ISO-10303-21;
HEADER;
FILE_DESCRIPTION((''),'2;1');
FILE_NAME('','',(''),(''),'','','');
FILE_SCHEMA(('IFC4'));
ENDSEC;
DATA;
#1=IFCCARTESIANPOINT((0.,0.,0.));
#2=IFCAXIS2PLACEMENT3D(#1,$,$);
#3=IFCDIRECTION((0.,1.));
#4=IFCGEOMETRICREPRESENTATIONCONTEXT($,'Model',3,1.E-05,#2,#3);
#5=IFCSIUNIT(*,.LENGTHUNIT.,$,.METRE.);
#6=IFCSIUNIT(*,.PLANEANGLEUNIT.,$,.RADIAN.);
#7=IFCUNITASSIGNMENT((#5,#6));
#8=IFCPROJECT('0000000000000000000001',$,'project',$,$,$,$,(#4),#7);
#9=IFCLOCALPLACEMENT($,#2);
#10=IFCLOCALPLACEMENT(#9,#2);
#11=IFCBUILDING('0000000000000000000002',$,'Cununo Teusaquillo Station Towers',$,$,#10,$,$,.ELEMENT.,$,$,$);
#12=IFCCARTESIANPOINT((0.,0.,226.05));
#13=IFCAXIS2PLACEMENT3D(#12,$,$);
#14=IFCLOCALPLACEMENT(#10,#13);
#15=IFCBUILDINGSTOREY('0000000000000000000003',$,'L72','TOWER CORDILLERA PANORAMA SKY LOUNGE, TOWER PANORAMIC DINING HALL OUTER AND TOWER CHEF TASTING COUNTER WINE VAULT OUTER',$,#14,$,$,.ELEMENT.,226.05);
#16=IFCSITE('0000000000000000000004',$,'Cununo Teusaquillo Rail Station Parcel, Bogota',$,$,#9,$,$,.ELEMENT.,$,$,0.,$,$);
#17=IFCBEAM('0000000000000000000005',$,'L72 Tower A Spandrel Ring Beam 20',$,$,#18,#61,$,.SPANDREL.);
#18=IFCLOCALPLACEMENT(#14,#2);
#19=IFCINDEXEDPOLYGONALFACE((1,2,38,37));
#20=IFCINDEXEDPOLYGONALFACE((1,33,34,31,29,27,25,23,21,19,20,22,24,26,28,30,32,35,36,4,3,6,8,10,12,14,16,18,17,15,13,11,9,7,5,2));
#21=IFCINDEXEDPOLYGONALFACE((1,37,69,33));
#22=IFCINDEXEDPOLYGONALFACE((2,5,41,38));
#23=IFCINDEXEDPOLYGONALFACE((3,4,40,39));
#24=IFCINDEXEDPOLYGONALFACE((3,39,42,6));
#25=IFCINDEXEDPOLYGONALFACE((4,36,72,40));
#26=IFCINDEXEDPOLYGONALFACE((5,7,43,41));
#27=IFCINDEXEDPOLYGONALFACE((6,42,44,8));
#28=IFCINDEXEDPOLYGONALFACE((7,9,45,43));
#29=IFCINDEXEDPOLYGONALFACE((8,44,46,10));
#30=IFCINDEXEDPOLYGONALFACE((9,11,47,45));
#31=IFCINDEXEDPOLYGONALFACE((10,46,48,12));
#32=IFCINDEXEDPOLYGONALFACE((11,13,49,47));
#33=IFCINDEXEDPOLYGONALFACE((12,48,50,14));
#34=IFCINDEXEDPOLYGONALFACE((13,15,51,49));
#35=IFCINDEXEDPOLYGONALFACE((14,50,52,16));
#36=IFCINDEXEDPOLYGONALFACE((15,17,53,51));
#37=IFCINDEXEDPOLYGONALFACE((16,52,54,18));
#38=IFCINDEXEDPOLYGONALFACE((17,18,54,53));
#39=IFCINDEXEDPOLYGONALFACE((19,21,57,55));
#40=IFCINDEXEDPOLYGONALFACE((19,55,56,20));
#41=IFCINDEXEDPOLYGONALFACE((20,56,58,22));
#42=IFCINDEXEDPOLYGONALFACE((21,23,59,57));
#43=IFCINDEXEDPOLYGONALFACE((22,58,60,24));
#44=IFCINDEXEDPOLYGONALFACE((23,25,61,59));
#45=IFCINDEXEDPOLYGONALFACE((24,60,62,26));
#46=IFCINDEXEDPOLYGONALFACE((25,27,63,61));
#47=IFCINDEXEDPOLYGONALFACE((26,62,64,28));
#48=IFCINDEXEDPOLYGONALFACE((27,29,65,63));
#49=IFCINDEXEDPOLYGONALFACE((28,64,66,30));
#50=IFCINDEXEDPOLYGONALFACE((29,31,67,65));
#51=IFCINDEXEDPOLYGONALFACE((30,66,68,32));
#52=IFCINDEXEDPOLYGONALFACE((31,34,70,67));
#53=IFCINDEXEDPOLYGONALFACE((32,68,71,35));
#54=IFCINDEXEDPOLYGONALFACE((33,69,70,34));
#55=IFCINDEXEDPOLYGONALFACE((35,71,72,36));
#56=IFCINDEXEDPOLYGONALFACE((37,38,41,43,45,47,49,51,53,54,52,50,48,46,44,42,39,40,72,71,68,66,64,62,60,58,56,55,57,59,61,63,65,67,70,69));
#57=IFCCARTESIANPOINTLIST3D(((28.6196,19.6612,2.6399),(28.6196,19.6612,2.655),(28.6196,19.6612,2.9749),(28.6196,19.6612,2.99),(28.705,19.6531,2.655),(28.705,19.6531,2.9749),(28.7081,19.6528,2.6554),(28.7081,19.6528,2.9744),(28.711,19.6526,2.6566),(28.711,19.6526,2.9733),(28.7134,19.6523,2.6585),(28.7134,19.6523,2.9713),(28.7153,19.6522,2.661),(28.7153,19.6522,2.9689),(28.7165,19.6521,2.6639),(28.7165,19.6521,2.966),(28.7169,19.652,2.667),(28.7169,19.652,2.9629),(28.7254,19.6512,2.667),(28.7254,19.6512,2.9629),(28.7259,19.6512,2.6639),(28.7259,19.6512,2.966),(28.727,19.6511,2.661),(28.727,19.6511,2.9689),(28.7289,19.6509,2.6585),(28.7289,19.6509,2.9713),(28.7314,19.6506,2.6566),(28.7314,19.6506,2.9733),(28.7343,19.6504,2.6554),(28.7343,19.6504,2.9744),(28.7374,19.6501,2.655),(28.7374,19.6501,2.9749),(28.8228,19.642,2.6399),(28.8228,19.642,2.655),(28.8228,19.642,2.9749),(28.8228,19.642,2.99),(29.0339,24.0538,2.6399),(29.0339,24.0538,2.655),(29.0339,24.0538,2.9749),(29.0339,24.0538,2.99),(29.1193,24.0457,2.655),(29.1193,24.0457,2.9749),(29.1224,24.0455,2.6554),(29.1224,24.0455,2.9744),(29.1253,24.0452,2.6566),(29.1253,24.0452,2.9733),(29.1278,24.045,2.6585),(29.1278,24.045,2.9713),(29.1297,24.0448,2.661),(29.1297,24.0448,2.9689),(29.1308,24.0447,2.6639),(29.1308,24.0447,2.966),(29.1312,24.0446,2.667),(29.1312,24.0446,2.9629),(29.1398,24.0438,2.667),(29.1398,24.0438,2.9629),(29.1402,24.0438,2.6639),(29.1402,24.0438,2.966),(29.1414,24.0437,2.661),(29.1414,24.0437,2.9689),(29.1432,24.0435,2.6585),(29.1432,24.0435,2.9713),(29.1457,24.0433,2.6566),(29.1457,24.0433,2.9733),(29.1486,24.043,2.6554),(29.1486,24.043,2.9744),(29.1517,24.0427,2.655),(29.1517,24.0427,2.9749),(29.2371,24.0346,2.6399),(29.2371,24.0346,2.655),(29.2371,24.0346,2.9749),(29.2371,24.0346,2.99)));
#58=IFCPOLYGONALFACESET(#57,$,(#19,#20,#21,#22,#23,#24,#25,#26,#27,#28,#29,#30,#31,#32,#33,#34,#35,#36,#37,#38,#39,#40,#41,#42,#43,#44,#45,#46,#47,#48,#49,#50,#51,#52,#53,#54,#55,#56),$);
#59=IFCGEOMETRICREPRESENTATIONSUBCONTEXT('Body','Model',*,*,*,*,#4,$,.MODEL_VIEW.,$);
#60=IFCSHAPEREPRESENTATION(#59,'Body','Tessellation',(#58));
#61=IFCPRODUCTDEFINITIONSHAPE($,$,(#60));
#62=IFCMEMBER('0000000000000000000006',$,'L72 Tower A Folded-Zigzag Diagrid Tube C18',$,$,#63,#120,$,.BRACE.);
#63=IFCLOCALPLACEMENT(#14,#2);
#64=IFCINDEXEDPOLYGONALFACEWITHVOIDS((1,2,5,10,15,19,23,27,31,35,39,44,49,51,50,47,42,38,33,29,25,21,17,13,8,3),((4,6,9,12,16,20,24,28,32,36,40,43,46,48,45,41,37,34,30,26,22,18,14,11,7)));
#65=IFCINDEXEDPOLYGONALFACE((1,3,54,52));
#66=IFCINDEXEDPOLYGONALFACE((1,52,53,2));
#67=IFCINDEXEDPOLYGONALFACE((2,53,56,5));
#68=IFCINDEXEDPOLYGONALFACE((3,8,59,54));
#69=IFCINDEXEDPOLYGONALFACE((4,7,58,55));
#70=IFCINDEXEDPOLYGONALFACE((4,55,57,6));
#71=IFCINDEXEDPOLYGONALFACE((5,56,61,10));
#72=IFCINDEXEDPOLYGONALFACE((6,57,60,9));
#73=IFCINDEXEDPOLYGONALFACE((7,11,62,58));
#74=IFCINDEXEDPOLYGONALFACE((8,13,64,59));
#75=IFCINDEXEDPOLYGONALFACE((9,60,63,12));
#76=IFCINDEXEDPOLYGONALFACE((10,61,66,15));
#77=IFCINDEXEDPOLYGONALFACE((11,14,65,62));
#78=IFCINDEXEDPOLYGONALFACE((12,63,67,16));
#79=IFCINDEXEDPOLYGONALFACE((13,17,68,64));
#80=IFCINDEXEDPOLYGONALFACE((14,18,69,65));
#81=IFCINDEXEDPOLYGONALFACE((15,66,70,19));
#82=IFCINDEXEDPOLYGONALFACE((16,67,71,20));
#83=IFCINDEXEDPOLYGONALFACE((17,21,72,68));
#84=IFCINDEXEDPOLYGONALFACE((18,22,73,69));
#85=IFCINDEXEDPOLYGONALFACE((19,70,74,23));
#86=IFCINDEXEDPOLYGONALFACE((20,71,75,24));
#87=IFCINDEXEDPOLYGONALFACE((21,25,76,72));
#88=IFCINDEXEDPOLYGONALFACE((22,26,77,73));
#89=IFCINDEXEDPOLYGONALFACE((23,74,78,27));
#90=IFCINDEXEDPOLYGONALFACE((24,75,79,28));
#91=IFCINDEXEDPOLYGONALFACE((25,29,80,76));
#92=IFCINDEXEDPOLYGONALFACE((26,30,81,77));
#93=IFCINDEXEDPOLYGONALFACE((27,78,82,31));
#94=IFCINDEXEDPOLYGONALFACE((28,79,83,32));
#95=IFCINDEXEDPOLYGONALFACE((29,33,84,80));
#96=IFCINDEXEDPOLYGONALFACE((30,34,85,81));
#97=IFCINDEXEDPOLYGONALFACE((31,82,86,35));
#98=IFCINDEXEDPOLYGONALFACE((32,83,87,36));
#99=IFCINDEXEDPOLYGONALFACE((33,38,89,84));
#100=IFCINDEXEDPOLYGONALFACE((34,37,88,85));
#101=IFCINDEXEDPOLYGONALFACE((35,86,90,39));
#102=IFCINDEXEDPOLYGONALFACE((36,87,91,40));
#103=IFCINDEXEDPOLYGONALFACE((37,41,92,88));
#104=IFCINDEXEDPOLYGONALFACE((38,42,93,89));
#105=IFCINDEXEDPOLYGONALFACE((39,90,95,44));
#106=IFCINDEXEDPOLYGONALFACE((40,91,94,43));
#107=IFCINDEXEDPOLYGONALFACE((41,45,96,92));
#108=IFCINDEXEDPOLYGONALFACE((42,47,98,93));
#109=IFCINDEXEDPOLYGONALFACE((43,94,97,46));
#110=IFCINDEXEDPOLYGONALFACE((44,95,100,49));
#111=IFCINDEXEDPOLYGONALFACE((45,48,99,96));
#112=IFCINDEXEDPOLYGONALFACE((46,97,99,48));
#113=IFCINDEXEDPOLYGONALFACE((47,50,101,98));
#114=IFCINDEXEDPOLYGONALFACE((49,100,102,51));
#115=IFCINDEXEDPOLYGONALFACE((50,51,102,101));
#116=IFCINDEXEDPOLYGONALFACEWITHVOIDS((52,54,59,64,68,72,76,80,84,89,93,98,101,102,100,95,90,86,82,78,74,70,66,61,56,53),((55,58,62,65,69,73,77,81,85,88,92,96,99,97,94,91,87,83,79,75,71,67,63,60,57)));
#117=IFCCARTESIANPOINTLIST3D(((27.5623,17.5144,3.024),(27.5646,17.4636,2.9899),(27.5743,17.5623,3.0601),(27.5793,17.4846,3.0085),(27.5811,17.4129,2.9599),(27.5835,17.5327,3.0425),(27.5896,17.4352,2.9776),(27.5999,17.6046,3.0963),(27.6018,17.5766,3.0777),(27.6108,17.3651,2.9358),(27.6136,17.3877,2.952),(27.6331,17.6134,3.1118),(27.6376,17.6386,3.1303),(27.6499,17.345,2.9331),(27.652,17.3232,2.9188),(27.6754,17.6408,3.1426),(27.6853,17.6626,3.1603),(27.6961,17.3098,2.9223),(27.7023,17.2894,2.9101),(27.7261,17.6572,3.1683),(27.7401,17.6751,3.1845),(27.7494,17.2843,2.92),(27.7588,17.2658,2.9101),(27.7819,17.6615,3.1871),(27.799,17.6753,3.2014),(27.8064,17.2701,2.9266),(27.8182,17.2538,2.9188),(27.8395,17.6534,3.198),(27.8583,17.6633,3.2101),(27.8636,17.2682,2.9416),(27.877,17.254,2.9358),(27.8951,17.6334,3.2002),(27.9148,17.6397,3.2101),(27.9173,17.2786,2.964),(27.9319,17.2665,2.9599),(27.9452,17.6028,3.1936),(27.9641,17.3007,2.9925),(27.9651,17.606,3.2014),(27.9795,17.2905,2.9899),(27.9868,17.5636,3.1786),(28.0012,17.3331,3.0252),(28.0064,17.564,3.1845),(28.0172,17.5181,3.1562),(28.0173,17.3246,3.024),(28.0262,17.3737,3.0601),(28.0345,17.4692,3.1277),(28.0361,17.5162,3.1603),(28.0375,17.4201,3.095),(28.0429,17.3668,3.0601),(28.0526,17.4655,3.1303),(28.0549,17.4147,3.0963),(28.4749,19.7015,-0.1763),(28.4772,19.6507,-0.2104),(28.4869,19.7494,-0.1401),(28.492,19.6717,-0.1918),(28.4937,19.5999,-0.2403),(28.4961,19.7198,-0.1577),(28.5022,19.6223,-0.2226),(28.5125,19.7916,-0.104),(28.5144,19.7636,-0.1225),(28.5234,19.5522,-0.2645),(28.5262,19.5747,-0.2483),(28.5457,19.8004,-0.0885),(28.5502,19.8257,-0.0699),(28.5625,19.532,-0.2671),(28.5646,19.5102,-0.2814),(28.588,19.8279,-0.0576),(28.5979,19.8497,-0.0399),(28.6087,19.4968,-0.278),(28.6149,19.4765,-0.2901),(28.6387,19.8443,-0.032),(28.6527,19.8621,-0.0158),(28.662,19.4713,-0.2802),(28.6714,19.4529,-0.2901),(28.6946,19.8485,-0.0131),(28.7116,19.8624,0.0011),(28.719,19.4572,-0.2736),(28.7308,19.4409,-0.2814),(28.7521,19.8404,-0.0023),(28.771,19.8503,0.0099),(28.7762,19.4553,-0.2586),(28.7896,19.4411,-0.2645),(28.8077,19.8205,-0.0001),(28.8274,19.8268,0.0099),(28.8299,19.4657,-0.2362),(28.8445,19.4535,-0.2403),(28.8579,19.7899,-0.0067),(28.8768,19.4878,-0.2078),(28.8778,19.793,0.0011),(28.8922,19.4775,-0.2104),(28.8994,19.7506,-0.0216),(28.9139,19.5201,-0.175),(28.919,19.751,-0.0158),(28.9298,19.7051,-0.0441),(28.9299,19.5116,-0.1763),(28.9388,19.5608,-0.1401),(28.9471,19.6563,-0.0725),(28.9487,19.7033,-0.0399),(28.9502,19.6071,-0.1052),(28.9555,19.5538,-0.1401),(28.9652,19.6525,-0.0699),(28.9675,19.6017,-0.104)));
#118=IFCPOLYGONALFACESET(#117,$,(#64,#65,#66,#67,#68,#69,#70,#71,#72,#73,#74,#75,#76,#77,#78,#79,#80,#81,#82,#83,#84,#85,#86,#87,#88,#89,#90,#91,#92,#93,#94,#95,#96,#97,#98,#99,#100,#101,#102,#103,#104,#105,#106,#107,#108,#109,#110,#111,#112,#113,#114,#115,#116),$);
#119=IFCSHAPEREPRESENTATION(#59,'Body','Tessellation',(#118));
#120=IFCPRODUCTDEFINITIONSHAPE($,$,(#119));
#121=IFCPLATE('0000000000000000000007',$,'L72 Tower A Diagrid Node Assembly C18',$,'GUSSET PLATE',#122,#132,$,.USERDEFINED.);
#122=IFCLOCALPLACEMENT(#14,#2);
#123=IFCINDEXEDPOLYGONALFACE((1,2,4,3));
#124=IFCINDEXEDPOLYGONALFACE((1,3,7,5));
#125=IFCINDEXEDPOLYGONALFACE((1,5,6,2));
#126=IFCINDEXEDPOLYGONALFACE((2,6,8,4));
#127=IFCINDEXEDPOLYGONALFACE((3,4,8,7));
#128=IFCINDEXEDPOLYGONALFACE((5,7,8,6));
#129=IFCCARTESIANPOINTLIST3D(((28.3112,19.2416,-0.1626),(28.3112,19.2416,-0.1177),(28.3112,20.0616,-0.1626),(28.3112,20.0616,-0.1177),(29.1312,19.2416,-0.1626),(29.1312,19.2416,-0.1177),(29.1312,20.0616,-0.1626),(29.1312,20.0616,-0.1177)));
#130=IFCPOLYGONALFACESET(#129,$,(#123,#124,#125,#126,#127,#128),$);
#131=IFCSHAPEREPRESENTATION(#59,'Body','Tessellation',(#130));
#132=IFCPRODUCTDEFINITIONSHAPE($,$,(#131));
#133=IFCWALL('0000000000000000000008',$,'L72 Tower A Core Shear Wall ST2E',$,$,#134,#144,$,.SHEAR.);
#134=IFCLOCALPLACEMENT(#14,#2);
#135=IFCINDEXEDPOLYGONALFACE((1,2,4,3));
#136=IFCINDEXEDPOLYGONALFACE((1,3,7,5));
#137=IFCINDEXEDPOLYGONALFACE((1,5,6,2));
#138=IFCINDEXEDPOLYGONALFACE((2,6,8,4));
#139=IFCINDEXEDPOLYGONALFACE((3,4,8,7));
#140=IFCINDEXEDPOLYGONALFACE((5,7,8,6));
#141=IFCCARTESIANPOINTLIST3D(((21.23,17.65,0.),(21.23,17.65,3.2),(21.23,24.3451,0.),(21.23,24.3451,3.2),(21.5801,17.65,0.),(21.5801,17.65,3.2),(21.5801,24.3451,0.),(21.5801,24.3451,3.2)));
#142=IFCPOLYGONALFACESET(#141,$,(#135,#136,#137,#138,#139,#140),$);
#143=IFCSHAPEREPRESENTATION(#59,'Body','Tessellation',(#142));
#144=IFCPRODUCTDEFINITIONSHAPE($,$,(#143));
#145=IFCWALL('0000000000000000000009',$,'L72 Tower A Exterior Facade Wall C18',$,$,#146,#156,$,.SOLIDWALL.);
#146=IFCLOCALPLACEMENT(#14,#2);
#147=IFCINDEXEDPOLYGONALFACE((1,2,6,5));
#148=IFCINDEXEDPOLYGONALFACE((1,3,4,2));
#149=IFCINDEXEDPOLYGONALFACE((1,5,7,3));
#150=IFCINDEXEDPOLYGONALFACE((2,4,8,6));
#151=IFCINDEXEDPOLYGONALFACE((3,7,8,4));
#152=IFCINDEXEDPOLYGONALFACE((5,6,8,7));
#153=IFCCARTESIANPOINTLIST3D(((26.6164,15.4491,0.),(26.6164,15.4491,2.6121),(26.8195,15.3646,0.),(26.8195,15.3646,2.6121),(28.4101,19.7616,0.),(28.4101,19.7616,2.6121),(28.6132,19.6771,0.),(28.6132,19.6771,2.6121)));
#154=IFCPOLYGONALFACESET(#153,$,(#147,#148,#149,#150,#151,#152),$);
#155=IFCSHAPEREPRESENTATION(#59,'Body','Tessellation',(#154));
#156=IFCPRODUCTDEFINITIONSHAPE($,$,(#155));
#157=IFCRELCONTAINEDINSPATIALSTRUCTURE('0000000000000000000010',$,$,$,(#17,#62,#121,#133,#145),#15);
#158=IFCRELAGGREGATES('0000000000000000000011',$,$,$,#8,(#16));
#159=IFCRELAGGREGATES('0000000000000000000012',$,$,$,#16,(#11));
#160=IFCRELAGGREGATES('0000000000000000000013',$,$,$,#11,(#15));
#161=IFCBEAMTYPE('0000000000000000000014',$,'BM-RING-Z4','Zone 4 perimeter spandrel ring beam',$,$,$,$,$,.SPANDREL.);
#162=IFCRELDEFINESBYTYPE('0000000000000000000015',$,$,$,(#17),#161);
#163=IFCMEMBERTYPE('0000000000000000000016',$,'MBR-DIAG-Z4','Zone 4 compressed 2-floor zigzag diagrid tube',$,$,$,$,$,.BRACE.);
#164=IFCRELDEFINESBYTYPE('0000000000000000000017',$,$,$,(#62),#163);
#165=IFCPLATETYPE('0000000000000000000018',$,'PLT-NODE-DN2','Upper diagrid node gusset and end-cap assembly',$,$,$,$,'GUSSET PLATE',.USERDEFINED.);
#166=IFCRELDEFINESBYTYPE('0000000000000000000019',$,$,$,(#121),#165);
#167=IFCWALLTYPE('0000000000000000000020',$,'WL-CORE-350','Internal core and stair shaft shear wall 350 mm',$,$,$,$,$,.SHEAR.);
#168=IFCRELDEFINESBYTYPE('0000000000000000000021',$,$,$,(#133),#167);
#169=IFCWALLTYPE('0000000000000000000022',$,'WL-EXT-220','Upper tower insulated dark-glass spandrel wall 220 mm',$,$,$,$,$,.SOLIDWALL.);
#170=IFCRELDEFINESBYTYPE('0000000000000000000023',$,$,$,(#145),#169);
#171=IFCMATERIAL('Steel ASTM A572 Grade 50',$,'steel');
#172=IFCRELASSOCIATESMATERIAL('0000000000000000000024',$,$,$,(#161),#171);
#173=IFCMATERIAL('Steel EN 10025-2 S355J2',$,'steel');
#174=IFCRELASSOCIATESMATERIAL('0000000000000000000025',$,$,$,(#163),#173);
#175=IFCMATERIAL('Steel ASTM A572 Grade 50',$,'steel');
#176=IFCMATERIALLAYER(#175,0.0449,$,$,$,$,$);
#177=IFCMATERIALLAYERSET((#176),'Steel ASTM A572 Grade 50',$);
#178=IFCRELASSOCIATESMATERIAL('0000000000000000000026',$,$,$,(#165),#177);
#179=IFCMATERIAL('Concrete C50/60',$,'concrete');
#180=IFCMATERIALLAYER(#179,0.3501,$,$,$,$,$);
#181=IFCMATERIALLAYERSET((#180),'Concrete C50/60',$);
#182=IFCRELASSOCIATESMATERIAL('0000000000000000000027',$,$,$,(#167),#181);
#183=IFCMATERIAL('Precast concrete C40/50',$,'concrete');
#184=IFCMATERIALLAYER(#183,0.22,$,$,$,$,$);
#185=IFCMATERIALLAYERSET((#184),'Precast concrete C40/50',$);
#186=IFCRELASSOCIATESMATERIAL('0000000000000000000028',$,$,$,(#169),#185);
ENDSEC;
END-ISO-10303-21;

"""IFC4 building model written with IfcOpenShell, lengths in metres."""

from ifc_helpers import new_model, si_unit, direction, frame, frame_2d, origin, origin_2d, place, context, subcontext, project, spatial, rectangle, hollow_circle, i_section, extrude, source, transform, mapped, material, layer, layer_set, material_profile, profile_set, type_object, element, save


model = new_model("IFC4")

# Units and contexts
model_context = context("Model", 3, precision=1e-05, world=origin(), true_north=direction((0.0, 1.0)))
body_context = subcontext(model_context, "Body", "Model", "MODEL_VIEW")
ifc_project = project(units=[si_unit("LENGTHUNIT", "METRE"), si_unit("PLANEANGLEUNIT", "RADIAN")], contexts=[model_context])

# Site, building, storey
site_placement = place(None, origin())
site = spatial("IfcSite", under=ifc_project, at=site_placement, Name="Cununo Teusaquillo Rail Station Parcel, Bogota", CompositionType="ELEMENT", RefElevation=0.0)
building_placement = place(site_placement, origin())
building = spatial("IfcBuilding", under=site, at=building_placement, Name="Cununo Teusaquillo Station Towers", CompositionType="ELEMENT")
storey_placement = place(building_placement, frame((0.0, 0.0, 226.05)))
storey = spatial("IfcBuildingStorey", under=building, at=storey_placement, Name="L72", Description="TOWER CORDILLERA PANORAMA SKY LOUNGE, TOWER PANORAMIC DINING HALL OUTER AND TOWER CHEF TASTING COUNTER WINE VAULT OUTER", CompositionType="ELEMENT", Elevation=226.05)

# Beam
ifc_material_1 = material(Name="Steel ASTM A572 Grade 50", Category="steel")
ifc_material_profile_1 = material_profile(ifc_material_1, i_section(OverallWidth=0.2041, OverallDepth=0.3501, WebThickness=0.0085, FlangeThickness=0.0151, FilletRadius=0.012, at=origin_2d()), Name="W14X48")
ifc_profile_set_1 = profile_set([ifc_material_profile_1], Name="Steel ASTM A572 Grade 50")
beam_type_1 = type_object("IfcBeamType", Name="BM-RING-Z4", Description="Zone 4 perimeter spandrel ring beam", PredefinedType="SPANDREL", material=ifc_profile_set_1)
beam_1_placement = place(storey_placement, frame((28.7212, 19.6516, 2.8149), z_axis=(0.093903, 0.995581, 0.0), x_axis=(-0.995581, 0.093903, 0.0)))
element("IfcBeam", 1, at=beam_1_placement, inside=storey, type_object=beam_type_1, Name="L72 Tower A Spandrel Ring Beam 20", PredefinedType="SPANDREL", context=body_context, shape_type="SweptSolid", body=[
    extrude(i_section(OverallWidth=0.2041, OverallDepth=0.3501, WebThickness=0.0085, FlangeThickness=0.0151, FilletRadius=0.012, at=origin_2d()), origin(), (0.0, 0.0, 1.0), 4.4121),
])

# Member
ifc_material_2 = material(Name="Steel EN 10025-2 S355J2", Category="steel")
ifc_material_profile_2 = material_profile(ifc_material_2, hollow_circle(Radius=0.2539, WallThickness=0.0181, at=origin_2d()), Name="CHS 508x18")
ifc_profile_set_2 = profile_set([ifc_material_profile_2], Name="Steel EN 10025-2 S355J2")
member_type = type_object("IfcMemberType", Name="MBR-DIAG-Z4", Description="Zone 4 compressed 2-floor zigzag diagrid tube", PredefinedType="BRACE", material=ifc_profile_set_2)
member_placement = place(storey_placement, frame((28.7212, 19.6516, -0.1401), z_axis=(-0.229175, -0.549211, 0.803646), x_axis=(0.922876, -0.385098, 0.0)))
element("IfcMember", 2, at=member_placement, inside=storey, type_object=member_type, Name="L72 Tower A Folded-Zigzag Diagrid Tube C18", PredefinedType="BRACE", context=body_context, shape_type="SweptSolid", body=[
    extrude(hollow_circle(Radius=0.2539, WallThickness=0.0181, at=origin_2d()), origin(), (0.0, 0.0, 1.0), 3.9822),
])

# Plate
ifc_material_3 = material(Name="Steel ASTM A572 Grade 50", Category="steel")
ifc_layer_1 = layer(ifc_material_3, 0.0449)
ifc_layer_set_1 = layer_set([ifc_layer_1], Name="Steel ASTM A572 Grade 50")
plate_type = type_object("IfcPlateType", Name="PLT-NODE-DN2", Description="Upper diagrid node gusset and end-cap assembly", ElementType="GUSSET PLATE", PredefinedType="USERDEFINED", material=ifc_layer_set_1)
shared_shape_1 = source(origin(), body_context, "Body", "SweptSolid", [
    extrude(rectangle(XDim=0.8201, YDim=0.8201, at=origin_2d()), origin(), (0.0, 0.0, 1.0), 0.0449),
])
plate_placement = place(storey_placement, frame((28.7212, 19.6516, -0.1626), z_axis=(0.0, 0.0, 1.0), x_axis=(1.0, 0.0, 0.0)))
element("IfcPlate", 3, at=plate_placement, inside=storey, type_object=plate_type, Name="L72 Tower A Diagrid Node Assembly C18", ObjectType="GUSSET PLATE", PredefinedType="USERDEFINED", context=body_context, shape_type="MappedRepresentation", body=[
    mapped(shared_shape_1, transform((0.0, 0.0, 0.0), x_axis=(1.0, 0.0, 0.0), y_axis=(0.0, 1.0, 0.0), z_axis=(0.0, 0.0, 1.0), scale=1.0)),
])

# Walls
ifc_material_4 = material(Name="Concrete C50/60", Category="concrete")
ifc_layer_2 = layer(ifc_material_4, 0.3501)
ifc_layer_set_2 = layer_set([ifc_layer_2], Name="Concrete C50/60")
wall_type_1 = type_object("IfcWallType", Name="WL-CORE-350", Description="Internal core and stair shaft shear wall 350 mm", PredefinedType="SHEAR", material=ifc_layer_set_2)
wall_1_placement = place(storey_placement, frame((21.405, 17.6499, 0.0), z_axis=(0.0, 0.0, 1.0), x_axis=(0.0, 1.0, 0.0)))
element("IfcWall", 4, at=wall_1_placement, inside=storey, type_object=wall_type_1, Name="L72 Tower A Core Shear Wall ST2E", PredefinedType="SHEAR", context=body_context, shape_type="SweptSolid", body=[
    extrude(rectangle(XDim=6.6951, YDim=0.3501, at=frame_2d((3.3477, 0.0))), origin(), (0.0, 0.0, 1.0), 3.2),
])
ifc_material_5 = material(Name="Precast concrete C40/50", Category="concrete")
ifc_layer_3 = layer(ifc_material_5, 0.22)
ifc_layer_set_3 = layer_set([ifc_layer_3], Name="Precast concrete C40/50")
wall_type_2 = type_object("IfcWallType", Name="WL-EXT-220", Description="Upper tower insulated dark-glass spandrel wall 220 mm", PredefinedType="SOLIDWALL", material=ifc_layer_set_3)
wall_2_placement = place(storey_placement, frame((28.5117, 19.7195, 0.0), z_axis=(0.0, 0.0, 1.0), x_axis=(-0.384036, -0.923318, 0.0)))
element("IfcWall", 5, at=wall_2_placement, inside=storey, type_object=wall_type_2, Name="L72 Tower A Exterior Facade Wall C18", PredefinedType="SOLIDWALL", context=body_context, shape_type="SweptSolid", body=[
    extrude(rectangle(XDim=4.6707, YDim=0.22, at=frame_2d((2.3354, 0.0))), origin(), (0.0, 0.0, 1.0), 2.6121),
])

save(model, "model.ifc")
